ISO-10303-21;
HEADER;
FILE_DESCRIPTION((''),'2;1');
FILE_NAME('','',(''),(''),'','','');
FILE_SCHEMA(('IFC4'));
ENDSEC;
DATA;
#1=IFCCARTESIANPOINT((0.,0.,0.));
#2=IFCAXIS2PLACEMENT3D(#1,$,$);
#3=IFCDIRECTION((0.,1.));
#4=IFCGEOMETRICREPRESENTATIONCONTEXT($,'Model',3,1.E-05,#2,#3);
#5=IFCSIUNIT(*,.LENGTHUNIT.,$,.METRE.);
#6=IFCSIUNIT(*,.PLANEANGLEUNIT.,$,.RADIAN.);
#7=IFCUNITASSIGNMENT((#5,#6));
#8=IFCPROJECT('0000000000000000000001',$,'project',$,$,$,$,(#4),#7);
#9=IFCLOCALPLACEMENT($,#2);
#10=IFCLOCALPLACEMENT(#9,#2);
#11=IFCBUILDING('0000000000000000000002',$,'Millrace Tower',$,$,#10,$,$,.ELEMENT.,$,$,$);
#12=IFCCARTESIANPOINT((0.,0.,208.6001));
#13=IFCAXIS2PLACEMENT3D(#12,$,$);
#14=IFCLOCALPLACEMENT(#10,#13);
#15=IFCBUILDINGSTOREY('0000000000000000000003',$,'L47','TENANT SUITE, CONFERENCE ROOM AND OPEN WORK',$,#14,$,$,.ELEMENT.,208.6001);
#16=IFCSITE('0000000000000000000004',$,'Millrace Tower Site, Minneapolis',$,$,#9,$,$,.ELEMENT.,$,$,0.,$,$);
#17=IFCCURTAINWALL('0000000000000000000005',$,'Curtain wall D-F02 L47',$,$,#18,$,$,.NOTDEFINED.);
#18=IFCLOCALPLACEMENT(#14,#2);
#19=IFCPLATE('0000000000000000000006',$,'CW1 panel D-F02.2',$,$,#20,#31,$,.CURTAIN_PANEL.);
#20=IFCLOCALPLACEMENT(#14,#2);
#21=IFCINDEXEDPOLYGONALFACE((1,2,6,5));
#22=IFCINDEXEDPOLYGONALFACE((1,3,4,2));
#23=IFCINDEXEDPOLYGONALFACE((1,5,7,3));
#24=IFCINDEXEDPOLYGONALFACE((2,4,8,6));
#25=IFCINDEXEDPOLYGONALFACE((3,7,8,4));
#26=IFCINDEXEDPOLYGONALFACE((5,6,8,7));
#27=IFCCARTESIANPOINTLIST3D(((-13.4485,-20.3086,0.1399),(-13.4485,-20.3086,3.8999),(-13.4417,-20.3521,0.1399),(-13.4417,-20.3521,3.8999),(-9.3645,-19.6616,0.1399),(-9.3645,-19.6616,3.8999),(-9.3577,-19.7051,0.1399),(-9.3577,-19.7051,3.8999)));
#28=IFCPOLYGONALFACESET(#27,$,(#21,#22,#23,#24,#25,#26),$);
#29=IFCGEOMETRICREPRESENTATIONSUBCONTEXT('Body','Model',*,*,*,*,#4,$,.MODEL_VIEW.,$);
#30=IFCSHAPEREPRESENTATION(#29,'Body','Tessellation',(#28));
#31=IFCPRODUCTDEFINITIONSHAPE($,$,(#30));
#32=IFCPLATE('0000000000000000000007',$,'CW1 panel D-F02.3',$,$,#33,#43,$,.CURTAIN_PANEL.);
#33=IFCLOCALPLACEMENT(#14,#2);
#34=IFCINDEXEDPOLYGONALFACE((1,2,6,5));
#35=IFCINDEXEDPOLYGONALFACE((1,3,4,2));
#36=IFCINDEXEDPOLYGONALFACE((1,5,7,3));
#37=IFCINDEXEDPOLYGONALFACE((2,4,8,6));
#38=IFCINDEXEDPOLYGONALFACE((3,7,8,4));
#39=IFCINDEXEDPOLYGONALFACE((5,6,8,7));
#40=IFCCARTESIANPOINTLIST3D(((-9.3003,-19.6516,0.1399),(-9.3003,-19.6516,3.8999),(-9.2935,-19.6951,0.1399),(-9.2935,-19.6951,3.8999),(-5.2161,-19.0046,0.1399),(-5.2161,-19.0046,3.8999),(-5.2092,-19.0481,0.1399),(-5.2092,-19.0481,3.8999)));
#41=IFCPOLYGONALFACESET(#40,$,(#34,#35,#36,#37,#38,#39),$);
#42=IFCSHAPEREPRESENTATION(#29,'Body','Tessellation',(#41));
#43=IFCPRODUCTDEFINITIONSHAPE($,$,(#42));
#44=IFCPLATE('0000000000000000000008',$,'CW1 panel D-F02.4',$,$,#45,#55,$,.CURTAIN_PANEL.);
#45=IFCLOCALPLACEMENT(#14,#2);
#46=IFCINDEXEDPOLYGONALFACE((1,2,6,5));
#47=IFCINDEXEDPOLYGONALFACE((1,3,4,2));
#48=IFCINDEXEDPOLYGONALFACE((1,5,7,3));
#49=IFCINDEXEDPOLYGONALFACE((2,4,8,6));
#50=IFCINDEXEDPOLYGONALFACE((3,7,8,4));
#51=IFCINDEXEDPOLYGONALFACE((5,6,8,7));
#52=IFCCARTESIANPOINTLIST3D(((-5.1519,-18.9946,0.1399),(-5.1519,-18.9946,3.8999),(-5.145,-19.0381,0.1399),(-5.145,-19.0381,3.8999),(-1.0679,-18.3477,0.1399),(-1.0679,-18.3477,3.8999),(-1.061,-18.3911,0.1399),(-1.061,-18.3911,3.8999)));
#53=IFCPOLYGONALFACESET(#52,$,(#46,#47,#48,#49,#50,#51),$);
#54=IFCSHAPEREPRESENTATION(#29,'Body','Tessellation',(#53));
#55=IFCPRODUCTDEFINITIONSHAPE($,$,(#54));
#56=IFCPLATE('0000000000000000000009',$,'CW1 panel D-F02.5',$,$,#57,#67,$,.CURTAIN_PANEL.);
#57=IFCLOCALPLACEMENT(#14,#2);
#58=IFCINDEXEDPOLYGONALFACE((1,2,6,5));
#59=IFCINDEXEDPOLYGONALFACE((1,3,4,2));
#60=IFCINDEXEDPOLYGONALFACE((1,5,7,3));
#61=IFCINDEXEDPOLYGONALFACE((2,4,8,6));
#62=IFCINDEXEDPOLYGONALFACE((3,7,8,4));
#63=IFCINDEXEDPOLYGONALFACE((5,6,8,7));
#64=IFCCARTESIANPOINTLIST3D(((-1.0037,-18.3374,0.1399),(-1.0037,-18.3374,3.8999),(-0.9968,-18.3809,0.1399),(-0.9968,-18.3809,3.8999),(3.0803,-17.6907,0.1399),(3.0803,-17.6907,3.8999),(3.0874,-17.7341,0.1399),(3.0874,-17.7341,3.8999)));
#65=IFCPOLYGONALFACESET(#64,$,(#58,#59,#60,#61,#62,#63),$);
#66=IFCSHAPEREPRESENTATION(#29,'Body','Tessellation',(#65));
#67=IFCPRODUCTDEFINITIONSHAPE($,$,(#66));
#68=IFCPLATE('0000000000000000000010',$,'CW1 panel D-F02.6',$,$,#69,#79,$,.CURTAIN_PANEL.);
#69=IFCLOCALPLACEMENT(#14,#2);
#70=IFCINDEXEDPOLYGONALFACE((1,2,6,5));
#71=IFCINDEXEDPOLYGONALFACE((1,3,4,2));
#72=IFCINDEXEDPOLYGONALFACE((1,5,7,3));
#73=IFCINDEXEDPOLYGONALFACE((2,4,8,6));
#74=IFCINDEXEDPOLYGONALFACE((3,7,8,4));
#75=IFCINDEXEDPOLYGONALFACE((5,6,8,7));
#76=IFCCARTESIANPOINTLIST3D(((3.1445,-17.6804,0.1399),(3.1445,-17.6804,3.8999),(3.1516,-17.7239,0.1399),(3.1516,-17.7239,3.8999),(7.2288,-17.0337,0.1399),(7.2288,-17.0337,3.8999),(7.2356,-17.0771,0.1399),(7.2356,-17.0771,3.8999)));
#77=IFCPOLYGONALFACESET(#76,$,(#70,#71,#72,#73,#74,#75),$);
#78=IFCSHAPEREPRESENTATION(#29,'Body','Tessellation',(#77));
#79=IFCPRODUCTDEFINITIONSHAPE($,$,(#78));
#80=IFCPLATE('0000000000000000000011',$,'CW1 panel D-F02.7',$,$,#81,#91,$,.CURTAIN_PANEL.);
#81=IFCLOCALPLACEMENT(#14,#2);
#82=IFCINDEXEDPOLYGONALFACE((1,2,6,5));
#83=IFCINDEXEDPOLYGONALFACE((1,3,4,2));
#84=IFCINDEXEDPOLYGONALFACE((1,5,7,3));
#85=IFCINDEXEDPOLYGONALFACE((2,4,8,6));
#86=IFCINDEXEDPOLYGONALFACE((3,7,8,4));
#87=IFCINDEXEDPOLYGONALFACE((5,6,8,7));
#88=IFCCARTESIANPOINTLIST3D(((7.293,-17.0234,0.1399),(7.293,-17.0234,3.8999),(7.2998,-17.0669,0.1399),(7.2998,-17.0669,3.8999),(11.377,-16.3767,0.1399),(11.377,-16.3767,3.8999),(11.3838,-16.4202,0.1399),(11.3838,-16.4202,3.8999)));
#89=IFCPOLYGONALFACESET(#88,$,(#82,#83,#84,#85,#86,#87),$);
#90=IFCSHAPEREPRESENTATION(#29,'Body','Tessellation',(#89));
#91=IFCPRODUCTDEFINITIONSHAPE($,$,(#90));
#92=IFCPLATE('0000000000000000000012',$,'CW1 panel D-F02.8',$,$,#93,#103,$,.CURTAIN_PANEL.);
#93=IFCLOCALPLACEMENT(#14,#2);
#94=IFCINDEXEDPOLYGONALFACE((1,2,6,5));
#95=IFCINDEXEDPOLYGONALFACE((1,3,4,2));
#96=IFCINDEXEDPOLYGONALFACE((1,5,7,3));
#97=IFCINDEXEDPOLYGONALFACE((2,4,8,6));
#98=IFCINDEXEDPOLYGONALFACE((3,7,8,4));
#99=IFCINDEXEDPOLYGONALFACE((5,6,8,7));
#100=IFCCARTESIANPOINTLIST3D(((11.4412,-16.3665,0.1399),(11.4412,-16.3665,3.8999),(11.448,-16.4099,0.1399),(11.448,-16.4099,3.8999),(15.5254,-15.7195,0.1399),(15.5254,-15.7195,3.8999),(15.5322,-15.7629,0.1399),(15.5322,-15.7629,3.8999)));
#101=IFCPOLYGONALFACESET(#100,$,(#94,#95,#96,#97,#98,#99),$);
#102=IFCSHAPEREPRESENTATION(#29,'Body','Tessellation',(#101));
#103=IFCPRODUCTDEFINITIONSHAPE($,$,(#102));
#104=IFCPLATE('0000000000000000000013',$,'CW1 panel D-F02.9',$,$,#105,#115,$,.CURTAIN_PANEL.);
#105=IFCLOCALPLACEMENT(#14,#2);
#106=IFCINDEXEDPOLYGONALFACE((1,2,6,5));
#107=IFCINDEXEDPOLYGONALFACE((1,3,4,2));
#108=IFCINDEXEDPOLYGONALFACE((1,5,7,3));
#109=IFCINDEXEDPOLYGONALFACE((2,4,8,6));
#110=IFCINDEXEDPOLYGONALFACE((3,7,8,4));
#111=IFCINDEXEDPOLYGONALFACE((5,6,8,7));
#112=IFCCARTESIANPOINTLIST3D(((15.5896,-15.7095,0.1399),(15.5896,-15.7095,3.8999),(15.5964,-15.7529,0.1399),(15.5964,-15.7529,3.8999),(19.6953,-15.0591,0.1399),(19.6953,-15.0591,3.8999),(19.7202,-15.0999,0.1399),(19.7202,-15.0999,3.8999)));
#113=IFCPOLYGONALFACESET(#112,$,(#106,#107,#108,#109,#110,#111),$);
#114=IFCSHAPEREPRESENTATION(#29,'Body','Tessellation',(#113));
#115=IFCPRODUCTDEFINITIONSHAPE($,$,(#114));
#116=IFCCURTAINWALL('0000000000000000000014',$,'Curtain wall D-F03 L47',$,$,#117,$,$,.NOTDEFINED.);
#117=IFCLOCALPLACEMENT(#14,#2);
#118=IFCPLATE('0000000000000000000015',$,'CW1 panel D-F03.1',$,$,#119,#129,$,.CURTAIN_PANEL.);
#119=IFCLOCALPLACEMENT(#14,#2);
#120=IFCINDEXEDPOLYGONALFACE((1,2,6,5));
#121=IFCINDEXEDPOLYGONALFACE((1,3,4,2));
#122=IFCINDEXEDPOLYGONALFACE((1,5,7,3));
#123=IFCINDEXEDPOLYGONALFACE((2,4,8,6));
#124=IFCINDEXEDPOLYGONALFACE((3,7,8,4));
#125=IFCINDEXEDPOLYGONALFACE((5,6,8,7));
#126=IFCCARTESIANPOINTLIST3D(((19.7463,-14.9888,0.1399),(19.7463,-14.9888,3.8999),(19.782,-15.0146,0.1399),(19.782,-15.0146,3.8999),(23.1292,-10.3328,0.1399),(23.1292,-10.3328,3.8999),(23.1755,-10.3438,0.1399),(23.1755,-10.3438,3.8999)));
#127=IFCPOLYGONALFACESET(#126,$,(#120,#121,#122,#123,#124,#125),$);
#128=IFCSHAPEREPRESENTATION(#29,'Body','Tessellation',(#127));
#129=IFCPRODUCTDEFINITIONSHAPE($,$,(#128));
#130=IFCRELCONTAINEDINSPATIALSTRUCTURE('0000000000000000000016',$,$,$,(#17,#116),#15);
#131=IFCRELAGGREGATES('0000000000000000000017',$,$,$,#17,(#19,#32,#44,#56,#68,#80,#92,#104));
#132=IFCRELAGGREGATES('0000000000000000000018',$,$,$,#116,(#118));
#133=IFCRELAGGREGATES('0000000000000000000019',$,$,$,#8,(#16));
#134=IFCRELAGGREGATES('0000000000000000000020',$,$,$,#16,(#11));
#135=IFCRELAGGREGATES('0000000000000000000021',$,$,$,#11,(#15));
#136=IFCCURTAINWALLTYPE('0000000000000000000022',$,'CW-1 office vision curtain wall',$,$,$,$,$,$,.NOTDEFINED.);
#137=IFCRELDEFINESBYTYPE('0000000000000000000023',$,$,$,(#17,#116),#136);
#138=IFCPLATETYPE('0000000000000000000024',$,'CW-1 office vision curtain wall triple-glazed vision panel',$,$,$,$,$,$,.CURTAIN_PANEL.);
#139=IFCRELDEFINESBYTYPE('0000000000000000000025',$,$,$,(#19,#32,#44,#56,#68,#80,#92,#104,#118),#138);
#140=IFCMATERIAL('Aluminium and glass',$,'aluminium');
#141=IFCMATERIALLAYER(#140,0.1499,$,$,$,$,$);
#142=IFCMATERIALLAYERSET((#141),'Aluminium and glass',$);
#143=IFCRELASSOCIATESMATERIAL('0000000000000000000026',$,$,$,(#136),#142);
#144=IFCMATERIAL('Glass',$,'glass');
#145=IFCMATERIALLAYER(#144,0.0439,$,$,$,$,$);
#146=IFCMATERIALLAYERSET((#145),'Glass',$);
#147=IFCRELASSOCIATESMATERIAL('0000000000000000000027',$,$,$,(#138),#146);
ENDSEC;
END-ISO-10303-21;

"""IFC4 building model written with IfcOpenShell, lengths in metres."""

from ifc_helpers import new_model, si_unit, direction, frame, origin, place, context, subcontext, project, spatial, polyline, outline, extrude, material, layer, layer_set, type_object, element, aggregate, save


model = new_model("IFC4")

# Units and contexts
model_context = context("Model", 3, precision=1e-05, world=origin(), true_north=direction((0.0, 1.0)))
body_context = subcontext(model_context, "Body", "Model", "MODEL_VIEW")
ifc_project = project(units=[si_unit("LENGTHUNIT", "METRE"), si_unit("PLANEANGLEUNIT", "RADIAN")], contexts=[model_context])

# Site, building, storey
site_placement = place(None, origin())
site = spatial("IfcSite", under=ifc_project, at=site_placement, Name="Millrace Tower Site, Minneapolis", CompositionType="ELEMENT", RefElevation=0.0)
building_placement = place(site_placement, origin())
building = spatial("IfcBuilding", under=site, at=building_placement, Name="Millrace Tower", CompositionType="ELEMENT")
storey_placement = place(building_placement, frame((0.0, 0.0, 208.6001)))
storey = spatial("IfcBuildingStorey", under=building, at=storey_placement, Name="L47", Description="TENANT SUITE, CONFERENCE ROOM AND OPEN WORK", CompositionType="ELEMENT", Elevation=208.6001)

# Shared definitions
ifc_material_1 = material(Name="Aluminium and glass", Category="aluminium")
ifc_layer_1 = layer(ifc_material_1, 0.1499)
ifc_layer_set_1 = layer_set([ifc_layer_1], Name="Aluminium and glass")
curtain_wall_type = type_object("IfcCurtainWallType", Name="CW-1 office vision curtain wall", PredefinedType="NOTDEFINED", material=ifc_layer_set_1)
placement_1 = place(storey_placement, origin())
ifc_material_2 = material(Name="Glass", Category="glass")
ifc_layer_2 = layer(ifc_material_2, 0.0439)
ifc_layer_set_2 = layer_set([ifc_layer_2], Name="Glass")
plate_type = type_object("IfcPlateType", Name="CW-1 office vision curtain wall triple-glazed vision panel", PredefinedType="CURTAIN_PANEL", material=ifc_layer_set_2)
placement_2 = place(storey_placement, frame((0.0, 0.0, 0.1399)))

# Curtain wall, plates
curtain_wall_1 = element("IfcCurtainWall", 1, at=placement_1, inside=storey, type_object=curtain_wall_type, Name="Curtain wall D-F02 L47", PredefinedType="NOTDEFINED")
plate_1 = element("IfcPlate", 2, at=placement_2, type_object=plate_type, Name="CW1 panel D-F02.2", PredefinedType="CURTAIN_PANEL", context=body_context, shape_type="SweptSolid", body=[
    extrude(outline(polyline([(-13.4417, -20.3521), (-9.3577, -19.7051), (-9.3645, -19.6616), (-13.4485, -20.3086), (-13.4417, -20.3521)])), origin(), (0.0, 0.0, 1.0), 3.76),
])
plate_2 = element("IfcPlate", 3, at=placement_2, type_object=plate_type, Name="CW1 panel D-F02.3", PredefinedType="CURTAIN_PANEL", context=body_context, shape_type="SweptSolid", body=[
    extrude(outline(polyline([(-9.2935, -19.6951), (-5.2092, -19.0481), (-5.2161, -19.0046), (-9.3003, -19.6516), (-9.2935, -19.6951)])), origin(), (0.0, 0.0, 1.0), 3.76),
])
plate_3 = element("IfcPlate", 4, at=placement_2, type_object=plate_type, Name="CW1 panel D-F02.4", PredefinedType="CURTAIN_PANEL", context=body_context, shape_type="SweptSolid", body=[
    extrude(outline(polyline([(-5.145, -19.0381), (-1.061, -18.3911), (-1.0679, -18.3477), (-5.1519, -18.9946), (-5.145, -19.0381)])), origin(), (0.0, 0.0, 1.0), 3.76),
])
plate_4 = element("IfcPlate", 5, at=placement_2, type_object=plate_type, Name="CW1 panel D-F02.5", PredefinedType="CURTAIN_PANEL", context=body_context, shape_type="SweptSolid", body=[
    extrude(outline(polyline([(-0.9968, -18.3809), (3.0874, -17.7341), (3.0803, -17.6907), (-1.0037, -18.3374), (-0.9968, -18.3809)])), origin(), (0.0, 0.0, 1.0), 3.76),
])
plate_5 = element("IfcPlate", 6, at=placement_2, type_object=plate_type, Name="CW1 panel D-F02.6", PredefinedType="CURTAIN_PANEL", context=body_context, shape_type="SweptSolid", body=[
    extrude(outline(polyline([(3.1516, -17.7239), (7.2356, -17.0771), (7.2288, -17.0337), (3.1445, -17.6804), (3.1516, -17.7239)])), origin(), (0.0, 0.0, 1.0), 3.76),
])
plate_6 = element("IfcPlate", 7, at=placement_2, type_object=plate_type, Name="CW1 panel D-F02.7", PredefinedType="CURTAIN_PANEL", context=body_context, shape_type="SweptSolid", body=[
    extrude(outline(polyline([(7.2998, -17.0669), (11.3838, -16.4202), (11.377, -16.3767), (7.293, -17.0234), (7.2998, -17.0669)])), origin(), (0.0, 0.0, 1.0), 3.76),
])
plate_7 = element("IfcPlate", 8, at=placement_2, type_object=plate_type, Name="CW1 panel D-F02.8", PredefinedType="CURTAIN_PANEL", context=body_context, shape_type="SweptSolid", body=[
    extrude(outline(polyline([(11.448, -16.4099), (15.5322, -15.7629), (15.5254, -15.7195), (11.4412, -16.3665), (11.448, -16.4099)])), origin(), (0.0, 0.0, 1.0), 3.76),
])
plate_8 = element("IfcPlate", 9, at=placement_2, type_object=plate_type, Name="CW1 panel D-F02.9", PredefinedType="CURTAIN_PANEL", context=body_context, shape_type="SweptSolid", body=[
    extrude(outline(polyline([(15.5964, -15.7529), (19.7202, -15.0999), (19.6953, -15.0591), (15.5896, -15.7095), (15.5964, -15.7529)])), origin(), (0.0, 0.0, 1.0), 3.76),
])
aggregate(curtain_wall_1, [plate_1, plate_2, plate_3, plate_4, plate_5, plate_6, plate_7, plate_8])

# Curtain wall, plate
curtain_wall_2 = element("IfcCurtainWall", 10, at=placement_1, inside=storey, type_object=curtain_wall_type, Name="Curtain wall D-F03 L47", PredefinedType="NOTDEFINED")
plate_9 = element("IfcPlate", 11, at=placement_2, type_object=plate_type, Name="CW1 panel D-F03.1", PredefinedType="CURTAIN_PANEL", context=body_context, shape_type="SweptSolid", body=[
    extrude(outline(polyline([(19.782, -15.0146), (23.1755, -10.3438), (23.1292, -10.3328), (19.7463, -14.9888), (19.782, -15.0146)])), origin(), (0.0, 0.0, 1.0), 3.76),
])
aggregate(curtain_wall_2, [plate_9])

save(model, "model.ifc")
